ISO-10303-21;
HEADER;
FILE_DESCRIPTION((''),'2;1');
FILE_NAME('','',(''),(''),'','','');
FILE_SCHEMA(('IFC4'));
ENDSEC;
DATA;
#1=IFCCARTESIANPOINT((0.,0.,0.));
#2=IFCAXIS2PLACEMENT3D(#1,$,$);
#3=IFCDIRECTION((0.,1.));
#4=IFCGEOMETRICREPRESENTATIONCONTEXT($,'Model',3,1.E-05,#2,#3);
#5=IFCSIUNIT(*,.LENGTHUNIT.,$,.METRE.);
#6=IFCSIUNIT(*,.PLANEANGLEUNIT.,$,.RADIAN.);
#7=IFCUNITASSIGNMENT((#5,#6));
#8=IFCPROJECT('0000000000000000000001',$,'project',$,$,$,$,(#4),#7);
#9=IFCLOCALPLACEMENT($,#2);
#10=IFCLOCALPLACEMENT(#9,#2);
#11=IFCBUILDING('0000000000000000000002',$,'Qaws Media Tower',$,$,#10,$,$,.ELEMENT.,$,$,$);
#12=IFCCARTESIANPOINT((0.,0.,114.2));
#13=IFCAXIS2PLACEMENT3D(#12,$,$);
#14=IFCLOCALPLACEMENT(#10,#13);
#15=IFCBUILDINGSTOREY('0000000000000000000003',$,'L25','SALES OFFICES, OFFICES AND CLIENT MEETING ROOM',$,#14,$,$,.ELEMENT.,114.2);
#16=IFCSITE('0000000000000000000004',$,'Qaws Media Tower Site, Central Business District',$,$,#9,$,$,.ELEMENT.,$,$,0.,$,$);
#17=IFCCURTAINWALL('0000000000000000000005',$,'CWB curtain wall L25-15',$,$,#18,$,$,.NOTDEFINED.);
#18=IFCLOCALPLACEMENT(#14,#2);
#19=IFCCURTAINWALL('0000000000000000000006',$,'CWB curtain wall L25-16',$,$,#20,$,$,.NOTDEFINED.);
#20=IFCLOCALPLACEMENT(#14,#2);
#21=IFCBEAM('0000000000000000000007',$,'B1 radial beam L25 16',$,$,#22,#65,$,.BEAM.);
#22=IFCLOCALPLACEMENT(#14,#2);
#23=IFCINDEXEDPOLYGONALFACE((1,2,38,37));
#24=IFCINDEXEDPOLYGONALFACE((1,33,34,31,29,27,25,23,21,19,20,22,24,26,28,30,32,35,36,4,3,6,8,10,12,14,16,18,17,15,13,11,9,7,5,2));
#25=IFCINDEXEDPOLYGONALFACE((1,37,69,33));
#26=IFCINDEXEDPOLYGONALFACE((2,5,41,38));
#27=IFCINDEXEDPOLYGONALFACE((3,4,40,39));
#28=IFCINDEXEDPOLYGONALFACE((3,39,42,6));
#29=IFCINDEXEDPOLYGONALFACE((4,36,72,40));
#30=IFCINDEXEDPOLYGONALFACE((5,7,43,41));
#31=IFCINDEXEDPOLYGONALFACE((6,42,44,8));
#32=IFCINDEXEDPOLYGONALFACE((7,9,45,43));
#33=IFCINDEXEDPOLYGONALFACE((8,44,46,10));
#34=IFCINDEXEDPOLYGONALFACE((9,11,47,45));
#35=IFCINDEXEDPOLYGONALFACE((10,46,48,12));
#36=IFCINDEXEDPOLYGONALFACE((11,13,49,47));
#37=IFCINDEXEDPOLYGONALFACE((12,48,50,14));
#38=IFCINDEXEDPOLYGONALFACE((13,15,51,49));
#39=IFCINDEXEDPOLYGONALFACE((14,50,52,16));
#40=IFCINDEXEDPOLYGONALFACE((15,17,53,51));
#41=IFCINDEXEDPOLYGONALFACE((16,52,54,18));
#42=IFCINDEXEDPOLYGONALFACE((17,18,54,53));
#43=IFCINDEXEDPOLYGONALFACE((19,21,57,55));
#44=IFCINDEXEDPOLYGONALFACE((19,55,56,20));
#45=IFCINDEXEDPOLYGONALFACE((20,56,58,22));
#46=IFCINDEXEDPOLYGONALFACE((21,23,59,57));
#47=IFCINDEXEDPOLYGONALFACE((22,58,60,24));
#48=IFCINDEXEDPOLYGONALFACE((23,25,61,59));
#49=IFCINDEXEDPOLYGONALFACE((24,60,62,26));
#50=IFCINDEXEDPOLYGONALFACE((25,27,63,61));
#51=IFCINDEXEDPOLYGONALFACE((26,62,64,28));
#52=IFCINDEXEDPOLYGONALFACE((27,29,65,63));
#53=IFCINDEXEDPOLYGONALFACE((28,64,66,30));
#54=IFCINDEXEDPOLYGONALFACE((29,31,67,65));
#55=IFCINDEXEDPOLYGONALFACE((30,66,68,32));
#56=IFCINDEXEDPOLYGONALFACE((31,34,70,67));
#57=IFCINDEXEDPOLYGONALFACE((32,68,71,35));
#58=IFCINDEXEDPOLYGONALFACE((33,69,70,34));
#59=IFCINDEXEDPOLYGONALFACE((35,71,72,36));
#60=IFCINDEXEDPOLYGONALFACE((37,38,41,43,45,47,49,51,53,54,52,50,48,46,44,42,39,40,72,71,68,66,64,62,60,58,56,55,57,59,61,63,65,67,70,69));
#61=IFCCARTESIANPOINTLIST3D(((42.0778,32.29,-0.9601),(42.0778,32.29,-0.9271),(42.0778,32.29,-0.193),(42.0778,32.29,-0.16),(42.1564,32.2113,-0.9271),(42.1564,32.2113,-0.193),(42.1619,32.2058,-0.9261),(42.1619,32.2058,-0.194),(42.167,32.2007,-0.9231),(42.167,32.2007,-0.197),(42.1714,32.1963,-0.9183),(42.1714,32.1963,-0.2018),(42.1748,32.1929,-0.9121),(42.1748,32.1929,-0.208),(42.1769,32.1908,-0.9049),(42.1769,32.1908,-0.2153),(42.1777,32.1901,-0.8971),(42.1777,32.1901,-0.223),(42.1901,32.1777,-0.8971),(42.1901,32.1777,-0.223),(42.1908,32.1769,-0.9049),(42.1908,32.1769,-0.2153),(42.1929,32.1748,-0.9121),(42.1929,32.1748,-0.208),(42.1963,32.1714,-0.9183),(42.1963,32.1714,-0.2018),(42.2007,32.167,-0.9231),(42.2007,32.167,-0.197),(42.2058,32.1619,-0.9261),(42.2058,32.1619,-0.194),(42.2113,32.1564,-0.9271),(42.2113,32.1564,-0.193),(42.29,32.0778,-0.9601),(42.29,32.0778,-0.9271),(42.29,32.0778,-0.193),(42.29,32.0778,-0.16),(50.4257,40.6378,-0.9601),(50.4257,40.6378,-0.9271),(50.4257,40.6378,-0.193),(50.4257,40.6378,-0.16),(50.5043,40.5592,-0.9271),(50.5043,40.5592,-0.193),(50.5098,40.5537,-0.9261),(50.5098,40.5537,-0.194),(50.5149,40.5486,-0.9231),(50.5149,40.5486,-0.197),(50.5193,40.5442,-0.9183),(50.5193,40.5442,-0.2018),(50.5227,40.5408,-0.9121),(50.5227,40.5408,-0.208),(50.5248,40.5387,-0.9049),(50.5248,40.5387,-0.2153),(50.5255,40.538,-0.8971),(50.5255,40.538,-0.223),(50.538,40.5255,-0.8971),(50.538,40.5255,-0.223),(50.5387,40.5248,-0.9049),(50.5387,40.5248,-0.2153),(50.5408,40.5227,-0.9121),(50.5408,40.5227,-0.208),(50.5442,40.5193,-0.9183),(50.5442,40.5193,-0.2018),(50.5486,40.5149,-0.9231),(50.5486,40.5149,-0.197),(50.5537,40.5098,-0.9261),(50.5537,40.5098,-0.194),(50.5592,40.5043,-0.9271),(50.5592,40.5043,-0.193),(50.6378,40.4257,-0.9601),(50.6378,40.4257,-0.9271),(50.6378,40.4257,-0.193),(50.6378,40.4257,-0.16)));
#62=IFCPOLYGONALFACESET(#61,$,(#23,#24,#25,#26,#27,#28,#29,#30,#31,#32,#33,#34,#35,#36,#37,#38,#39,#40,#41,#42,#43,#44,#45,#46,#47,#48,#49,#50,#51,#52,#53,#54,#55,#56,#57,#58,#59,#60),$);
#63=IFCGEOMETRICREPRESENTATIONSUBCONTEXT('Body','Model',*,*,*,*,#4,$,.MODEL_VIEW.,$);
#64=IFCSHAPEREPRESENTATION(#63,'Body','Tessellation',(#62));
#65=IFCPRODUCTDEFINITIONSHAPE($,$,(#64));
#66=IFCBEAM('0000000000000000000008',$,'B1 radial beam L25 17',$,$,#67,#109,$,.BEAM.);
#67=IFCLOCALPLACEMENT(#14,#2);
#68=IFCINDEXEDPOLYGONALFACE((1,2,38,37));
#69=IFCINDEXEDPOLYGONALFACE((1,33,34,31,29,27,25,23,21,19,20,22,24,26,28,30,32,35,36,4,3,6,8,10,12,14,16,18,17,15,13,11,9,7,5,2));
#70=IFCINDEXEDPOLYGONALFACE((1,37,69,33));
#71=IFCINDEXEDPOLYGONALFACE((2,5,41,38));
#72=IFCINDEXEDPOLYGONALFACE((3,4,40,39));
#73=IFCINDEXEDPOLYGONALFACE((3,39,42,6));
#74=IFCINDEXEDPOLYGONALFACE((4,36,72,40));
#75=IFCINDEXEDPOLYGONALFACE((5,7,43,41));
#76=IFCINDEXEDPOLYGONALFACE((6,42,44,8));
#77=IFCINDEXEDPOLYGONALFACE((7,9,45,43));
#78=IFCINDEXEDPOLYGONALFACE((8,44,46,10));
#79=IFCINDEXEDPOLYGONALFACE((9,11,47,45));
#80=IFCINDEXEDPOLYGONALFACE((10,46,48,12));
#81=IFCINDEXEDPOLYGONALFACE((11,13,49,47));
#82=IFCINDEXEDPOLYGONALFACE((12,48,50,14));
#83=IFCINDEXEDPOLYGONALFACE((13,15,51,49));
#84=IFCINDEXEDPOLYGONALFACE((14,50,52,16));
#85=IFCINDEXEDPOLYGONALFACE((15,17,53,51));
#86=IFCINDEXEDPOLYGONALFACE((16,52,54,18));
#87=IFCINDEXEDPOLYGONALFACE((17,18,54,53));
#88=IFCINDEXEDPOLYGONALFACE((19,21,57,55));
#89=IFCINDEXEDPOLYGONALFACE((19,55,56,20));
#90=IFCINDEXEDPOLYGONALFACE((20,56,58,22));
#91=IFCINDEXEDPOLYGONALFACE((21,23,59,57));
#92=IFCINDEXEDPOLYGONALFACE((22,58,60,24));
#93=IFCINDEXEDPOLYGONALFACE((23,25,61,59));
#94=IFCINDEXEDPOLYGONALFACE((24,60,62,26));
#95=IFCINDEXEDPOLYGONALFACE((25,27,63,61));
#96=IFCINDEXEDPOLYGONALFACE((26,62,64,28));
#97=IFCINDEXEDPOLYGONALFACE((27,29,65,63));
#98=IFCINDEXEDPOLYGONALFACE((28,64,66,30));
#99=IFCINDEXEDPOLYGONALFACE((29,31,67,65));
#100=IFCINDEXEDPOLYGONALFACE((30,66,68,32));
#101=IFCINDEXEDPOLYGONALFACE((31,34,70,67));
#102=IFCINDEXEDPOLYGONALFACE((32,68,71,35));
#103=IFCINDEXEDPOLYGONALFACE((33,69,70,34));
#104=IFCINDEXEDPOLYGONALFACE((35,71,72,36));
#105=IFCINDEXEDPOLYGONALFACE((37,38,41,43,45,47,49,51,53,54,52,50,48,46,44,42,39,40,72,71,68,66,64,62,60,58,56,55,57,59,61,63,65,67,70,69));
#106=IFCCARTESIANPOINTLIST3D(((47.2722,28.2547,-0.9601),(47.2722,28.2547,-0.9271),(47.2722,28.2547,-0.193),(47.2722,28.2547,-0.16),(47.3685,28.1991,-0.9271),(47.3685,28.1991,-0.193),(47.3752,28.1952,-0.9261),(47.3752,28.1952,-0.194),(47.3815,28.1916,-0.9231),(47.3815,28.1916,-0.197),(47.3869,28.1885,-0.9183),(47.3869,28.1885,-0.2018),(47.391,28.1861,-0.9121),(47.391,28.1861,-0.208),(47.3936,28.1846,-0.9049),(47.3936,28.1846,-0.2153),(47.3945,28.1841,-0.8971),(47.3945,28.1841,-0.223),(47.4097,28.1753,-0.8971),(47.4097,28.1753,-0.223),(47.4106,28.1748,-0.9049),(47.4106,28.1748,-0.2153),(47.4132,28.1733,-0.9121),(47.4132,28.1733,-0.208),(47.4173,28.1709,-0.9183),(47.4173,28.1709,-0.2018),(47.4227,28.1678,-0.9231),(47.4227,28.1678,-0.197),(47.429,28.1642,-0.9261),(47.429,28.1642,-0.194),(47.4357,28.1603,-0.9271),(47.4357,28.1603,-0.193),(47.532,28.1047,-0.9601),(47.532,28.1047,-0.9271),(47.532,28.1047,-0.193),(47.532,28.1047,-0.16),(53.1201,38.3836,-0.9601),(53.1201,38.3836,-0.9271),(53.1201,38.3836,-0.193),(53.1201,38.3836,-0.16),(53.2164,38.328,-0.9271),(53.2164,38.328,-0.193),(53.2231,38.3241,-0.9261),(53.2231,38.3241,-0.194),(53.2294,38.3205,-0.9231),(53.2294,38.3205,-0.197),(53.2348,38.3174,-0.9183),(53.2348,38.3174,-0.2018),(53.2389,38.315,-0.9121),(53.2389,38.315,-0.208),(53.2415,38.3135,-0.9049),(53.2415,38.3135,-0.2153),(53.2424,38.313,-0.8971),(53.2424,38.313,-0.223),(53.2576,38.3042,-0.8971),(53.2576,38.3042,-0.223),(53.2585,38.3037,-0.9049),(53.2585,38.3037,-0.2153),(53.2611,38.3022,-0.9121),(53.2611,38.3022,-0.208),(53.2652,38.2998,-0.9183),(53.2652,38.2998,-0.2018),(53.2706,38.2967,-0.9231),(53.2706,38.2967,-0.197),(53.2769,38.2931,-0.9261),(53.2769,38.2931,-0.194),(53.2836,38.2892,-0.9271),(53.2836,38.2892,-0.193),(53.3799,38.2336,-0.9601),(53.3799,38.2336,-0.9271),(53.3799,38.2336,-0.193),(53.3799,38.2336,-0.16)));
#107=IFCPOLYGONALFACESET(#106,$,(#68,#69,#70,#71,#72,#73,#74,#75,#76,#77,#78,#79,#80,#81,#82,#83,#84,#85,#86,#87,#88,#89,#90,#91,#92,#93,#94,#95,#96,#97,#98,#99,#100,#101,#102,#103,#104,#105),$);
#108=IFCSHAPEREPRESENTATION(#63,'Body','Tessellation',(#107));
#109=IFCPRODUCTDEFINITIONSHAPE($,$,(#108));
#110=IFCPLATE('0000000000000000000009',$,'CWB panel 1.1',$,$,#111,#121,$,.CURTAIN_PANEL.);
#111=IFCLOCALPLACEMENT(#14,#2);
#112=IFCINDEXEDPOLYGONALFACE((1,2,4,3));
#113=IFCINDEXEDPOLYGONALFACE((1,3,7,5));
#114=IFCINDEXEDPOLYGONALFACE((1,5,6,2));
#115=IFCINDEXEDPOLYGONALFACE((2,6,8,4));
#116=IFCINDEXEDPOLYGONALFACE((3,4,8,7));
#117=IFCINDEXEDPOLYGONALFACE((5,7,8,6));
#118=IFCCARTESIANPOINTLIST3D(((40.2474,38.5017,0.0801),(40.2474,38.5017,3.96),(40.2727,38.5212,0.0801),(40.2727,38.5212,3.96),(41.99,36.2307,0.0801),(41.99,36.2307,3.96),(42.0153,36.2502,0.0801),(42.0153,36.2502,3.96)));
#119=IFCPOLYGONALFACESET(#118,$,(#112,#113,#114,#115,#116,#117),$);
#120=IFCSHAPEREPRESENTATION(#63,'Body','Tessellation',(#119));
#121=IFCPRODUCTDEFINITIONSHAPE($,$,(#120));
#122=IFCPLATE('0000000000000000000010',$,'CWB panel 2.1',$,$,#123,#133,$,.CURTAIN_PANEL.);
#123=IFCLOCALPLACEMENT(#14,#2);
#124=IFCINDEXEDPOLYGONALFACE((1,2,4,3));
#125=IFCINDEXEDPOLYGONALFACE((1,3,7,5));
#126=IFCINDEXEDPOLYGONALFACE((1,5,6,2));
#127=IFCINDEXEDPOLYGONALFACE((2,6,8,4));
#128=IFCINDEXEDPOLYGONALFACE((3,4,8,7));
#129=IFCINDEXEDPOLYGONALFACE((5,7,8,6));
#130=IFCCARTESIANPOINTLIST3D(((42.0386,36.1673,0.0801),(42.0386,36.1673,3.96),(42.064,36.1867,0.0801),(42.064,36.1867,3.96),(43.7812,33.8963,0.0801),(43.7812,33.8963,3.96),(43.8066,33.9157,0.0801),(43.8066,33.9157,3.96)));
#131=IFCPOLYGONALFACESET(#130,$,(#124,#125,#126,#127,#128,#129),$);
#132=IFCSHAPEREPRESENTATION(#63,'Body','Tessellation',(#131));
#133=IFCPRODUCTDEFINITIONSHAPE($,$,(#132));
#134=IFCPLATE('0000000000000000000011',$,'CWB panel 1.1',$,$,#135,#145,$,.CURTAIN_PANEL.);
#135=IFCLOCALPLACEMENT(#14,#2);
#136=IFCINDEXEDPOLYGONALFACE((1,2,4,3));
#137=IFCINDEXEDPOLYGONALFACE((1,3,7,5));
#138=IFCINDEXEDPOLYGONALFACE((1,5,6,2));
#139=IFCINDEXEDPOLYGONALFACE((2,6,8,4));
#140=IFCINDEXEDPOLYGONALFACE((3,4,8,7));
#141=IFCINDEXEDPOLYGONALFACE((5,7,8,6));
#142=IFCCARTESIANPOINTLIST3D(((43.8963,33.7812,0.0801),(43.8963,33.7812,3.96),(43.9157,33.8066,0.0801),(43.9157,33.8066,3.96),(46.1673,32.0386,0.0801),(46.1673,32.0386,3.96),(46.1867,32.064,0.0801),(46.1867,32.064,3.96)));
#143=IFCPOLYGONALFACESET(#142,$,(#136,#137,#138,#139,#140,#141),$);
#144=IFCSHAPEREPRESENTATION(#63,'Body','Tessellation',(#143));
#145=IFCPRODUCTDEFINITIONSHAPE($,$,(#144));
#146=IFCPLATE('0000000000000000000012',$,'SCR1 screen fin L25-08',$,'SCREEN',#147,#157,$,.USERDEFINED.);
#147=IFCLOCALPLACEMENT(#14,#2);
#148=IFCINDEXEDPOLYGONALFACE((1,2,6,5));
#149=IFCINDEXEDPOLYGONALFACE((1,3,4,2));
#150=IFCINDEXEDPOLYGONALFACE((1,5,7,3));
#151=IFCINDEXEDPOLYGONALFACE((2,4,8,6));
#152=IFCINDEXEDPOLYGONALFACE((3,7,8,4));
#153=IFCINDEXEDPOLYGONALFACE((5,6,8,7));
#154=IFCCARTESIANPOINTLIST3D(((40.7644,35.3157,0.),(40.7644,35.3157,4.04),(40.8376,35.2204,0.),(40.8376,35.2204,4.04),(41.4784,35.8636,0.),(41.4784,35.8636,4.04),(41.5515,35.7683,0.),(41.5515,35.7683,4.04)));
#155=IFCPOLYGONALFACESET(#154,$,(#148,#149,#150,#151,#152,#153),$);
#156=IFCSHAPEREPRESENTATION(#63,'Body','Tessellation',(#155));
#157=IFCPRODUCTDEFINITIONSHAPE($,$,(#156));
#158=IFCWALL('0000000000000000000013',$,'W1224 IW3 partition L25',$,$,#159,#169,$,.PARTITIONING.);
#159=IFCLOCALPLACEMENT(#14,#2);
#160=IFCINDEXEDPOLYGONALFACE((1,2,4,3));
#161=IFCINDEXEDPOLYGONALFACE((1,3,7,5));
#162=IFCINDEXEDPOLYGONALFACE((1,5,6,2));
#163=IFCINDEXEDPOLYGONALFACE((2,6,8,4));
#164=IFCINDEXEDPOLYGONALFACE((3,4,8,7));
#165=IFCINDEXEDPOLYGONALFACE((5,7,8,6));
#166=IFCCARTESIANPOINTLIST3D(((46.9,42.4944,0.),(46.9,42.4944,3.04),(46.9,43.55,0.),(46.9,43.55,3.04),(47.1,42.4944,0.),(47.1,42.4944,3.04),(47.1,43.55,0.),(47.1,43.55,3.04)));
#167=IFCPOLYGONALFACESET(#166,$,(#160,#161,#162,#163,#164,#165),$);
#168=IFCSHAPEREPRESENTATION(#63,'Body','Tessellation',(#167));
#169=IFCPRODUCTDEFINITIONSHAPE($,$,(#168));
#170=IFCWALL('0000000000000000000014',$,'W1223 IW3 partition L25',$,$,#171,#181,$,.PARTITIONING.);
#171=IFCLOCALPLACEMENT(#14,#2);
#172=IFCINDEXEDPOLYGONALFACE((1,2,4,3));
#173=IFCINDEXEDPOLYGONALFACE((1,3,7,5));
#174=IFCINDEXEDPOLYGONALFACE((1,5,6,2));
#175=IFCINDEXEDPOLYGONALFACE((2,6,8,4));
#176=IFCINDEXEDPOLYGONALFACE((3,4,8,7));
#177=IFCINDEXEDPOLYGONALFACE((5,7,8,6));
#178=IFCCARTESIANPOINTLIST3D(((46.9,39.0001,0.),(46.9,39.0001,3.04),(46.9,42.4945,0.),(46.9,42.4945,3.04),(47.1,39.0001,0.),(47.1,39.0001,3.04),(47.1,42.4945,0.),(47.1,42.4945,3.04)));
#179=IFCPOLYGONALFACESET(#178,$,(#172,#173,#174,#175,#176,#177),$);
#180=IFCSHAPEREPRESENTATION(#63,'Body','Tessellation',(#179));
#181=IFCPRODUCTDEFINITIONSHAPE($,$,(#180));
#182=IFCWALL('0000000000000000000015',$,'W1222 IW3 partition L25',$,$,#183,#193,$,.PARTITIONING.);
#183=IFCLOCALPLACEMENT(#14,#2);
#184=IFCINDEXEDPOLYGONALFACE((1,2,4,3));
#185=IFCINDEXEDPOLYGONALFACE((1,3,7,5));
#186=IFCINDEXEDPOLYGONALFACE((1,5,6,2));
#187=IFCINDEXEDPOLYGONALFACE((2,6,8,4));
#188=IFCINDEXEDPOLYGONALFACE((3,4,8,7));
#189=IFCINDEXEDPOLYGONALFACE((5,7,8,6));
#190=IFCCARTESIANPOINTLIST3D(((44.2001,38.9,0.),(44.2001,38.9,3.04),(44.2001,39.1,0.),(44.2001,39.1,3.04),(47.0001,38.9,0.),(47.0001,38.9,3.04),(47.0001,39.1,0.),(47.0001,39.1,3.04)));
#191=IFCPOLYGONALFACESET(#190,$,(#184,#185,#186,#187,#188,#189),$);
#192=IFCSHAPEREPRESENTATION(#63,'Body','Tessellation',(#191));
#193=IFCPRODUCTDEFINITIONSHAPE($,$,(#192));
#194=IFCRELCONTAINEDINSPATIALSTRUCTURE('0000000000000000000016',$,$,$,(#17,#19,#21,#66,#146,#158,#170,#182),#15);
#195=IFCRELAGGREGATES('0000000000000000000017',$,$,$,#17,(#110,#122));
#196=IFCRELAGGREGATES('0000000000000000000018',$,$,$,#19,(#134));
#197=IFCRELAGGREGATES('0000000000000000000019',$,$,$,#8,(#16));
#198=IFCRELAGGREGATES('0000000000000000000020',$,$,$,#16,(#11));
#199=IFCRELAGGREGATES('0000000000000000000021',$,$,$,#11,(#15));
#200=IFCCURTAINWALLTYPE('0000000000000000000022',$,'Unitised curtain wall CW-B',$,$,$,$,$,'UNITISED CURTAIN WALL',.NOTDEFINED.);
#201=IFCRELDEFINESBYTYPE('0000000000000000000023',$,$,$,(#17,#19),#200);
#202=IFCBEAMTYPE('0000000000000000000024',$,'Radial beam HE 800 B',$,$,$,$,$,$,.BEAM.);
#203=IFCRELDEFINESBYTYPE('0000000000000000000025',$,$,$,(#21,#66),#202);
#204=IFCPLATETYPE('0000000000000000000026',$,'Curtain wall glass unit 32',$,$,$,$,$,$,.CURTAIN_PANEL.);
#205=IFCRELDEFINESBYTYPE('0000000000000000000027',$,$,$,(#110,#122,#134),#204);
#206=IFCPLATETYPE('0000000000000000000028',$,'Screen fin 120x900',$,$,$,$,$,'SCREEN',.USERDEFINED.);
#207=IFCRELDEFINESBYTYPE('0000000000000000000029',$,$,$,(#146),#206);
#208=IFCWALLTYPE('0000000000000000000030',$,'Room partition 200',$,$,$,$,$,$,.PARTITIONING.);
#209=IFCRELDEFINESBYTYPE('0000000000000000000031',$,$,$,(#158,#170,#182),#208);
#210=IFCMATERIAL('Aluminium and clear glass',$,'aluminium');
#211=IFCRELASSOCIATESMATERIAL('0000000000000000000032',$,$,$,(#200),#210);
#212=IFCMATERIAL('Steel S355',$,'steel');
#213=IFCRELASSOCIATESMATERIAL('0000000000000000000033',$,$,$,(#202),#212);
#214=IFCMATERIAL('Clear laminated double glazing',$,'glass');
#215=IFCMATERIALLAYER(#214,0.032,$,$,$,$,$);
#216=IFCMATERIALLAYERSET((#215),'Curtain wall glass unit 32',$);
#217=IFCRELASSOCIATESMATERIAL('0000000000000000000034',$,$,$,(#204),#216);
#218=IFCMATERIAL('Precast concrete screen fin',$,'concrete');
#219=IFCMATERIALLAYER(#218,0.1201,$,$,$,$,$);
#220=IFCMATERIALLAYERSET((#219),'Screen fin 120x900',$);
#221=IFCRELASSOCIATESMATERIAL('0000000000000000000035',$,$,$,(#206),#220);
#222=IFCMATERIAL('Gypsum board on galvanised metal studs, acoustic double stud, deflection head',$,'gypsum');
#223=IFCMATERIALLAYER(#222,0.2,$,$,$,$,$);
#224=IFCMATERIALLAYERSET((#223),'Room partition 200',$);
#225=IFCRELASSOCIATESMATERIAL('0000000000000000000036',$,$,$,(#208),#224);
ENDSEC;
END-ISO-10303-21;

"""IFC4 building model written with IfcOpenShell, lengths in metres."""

from ifc_helpers import new_model, si_unit, direction, frame, frame_2d, origin, origin_2d, place, context, subcontext, project, spatial, rectangle, i_section, extrude, material, layer, layer_set, material_profile, profile_set, type_object, element, aggregate, save


model = new_model("IFC4")

# Units and contexts
model_context = context("Model", 3, precision=1e-05, world=origin(), true_north=direction((0.0, 1.0)))
body_context = subcontext(model_context, "Body", "Model", "MODEL_VIEW")
ifc_project = project(units=[si_unit("LENGTHUNIT", "METRE"), si_unit("PLANEANGLEUNIT", "RADIAN")], contexts=[model_context])

# Site, building, storey
site_placement = place(None, origin())
site = spatial("IfcSite", under=ifc_project, at=site_placement, Name="Qaws Media Tower Site, Central Business District", CompositionType="ELEMENT", RefElevation=0.0)
building_placement = place(site_placement, origin())
building = spatial("IfcBuilding", under=site, at=building_placement, Name="Qaws Media Tower", CompositionType="ELEMENT")
storey_placement = place(building_placement, frame((0.0, 0.0, 114.2)))
storey = spatial("IfcBuildingStorey", under=building, at=storey_placement, Name="L25", Description="SALES OFFICES, OFFICES AND CLIENT MEETING ROOM", CompositionType="ELEMENT", Elevation=114.2)

# Curtain wall
ifc_material_1 = material(Name="Aluminium and clear glass", Category="aluminium")
curtain_wall_type = type_object("IfcCurtainWallType", Name="Unitised curtain wall CW-B", ElementType="UNITISED CURTAIN WALL", PredefinedType="NOTDEFINED", material=ifc_material_1)
curtain_wall_1_placement = place(storey_placement, origin())
curtain_wall_1 = element("IfcCurtainWall", 1, at=curtain_wall_1_placement, inside=storey, type_object=curtain_wall_type, Name="CWB curtain wall L25-15", PredefinedType="NOTDEFINED")

# Curtain wall
curtain_wall_2_placement = place(storey_placement, origin())
curtain_wall_2 = element("IfcCurtainWall", 2, at=curtain_wall_2_placement, inside=storey, type_object=curtain_wall_type, Name="CWB curtain wall L25-16", PredefinedType="NOTDEFINED")

# Beams
ifc_material_2 = material(Name="Steel S355", Category="steel")
ifc_material_profile_1 = material_profile(ifc_material_2, i_section(OverallWidth=0.3, OverallDepth=0.8, WebThickness=0.0176, FlangeThickness=0.033, FilletRadius=0.03, at=origin_2d()), Name="HE 800 B")
ifc_profile_set_1 = profile_set([ifc_material_profile_1], Name="Steel S355")
beam_type_1 = type_object("IfcBeamType", Name="Radial beam HE 800 B", PredefinedType="BEAM", material=ifc_profile_set_1)
beam_1_placement = place(storey_placement, frame((50.5317, 40.5317, -0.5601), z_axis=(-0.707107, -0.707107, 0.0), x_axis=(0.707107, -0.707107, 0.0)))
element("IfcBeam", 3, at=beam_1_placement, inside=storey, type_object=beam_type_1, Name="B1 radial beam L25 16", PredefinedType="BEAM", context=body_context, shape_type="SweptSolid", body=[
    extrude(i_section(OverallWidth=0.3, OverallDepth=0.8, WebThickness=0.0176, FlangeThickness=0.033, FilletRadius=0.03, at=origin_2d()), origin(), (0.0, 0.0, 1.0), 11.8057),
])
beam_2_placement = place(storey_placement, frame((53.25, 38.3086, -0.5601), z_axis=(-0.499998, -0.866026, 0.0), x_axis=(0.866026, -0.499998, 0.0)))
element("IfcBeam", 4, at=beam_2_placement, inside=storey, type_object=beam_type_1, Name="B1 radial beam L25 17", PredefinedType="BEAM", context=body_context, shape_type="SweptSolid", body=[
    extrude(i_section(OverallWidth=0.3, OverallDepth=0.8, WebThickness=0.0176, FlangeThickness=0.033, FilletRadius=0.03, at=origin_2d()), origin(), (0.0, 0.0, 1.0), 11.6958),
])

# Plates
ifc_material_3 = material(Name="Clear laminated double glazing", Category="glass")
ifc_layer_1 = layer(ifc_material_3, 0.032)
ifc_layer_set_1 = layer_set([ifc_layer_1], Name="Curtain wall glass unit 32")
plate_type_1 = type_object("IfcPlateType", Name="Curtain wall glass unit 32", PredefinedType="CURTAIN_PANEL", material=ifc_layer_set_1)
plate_1_placement = place(storey_placement, frame((41.1313, 37.376, 0.0801), z_axis=(0.0, 0.0, 1.0), x_axis=(0.608761, -0.793353, 0.0)))
plate_1 = element("IfcPlate", 5, at=plate_1_placement, type_object=plate_type_1, Name="CWB panel 1.1", PredefinedType="CURTAIN_PANEL", context=body_context, shape_type="SweptSolid", body=[
    extrude(rectangle(XDim=2.8625, YDim=0.032, at=origin_2d()), origin(), (0.0, 0.0, 1.0), 3.8799),
])
plate_2_placement = place(storey_placement, frame((42.9226, 35.0415, 0.0801), z_axis=(0.0, 0.0, 1.0), x_axis=(0.608761, -0.793353, 0.0)))
plate_2 = element("IfcPlate", 6, at=plate_2_placement, type_object=plate_type_1, Name="CWB panel 2.1", PredefinedType="CURTAIN_PANEL", context=body_context, shape_type="SweptSolid", body=[
    extrude(rectangle(XDim=2.8625, YDim=0.032, at=origin_2d()), origin(), (0.0, 0.0, 1.0), 3.8799),
])
aggregate(curtain_wall_1, [plate_1, plate_2])
plate_3_placement = place(storey_placement, frame((45.0415, 32.9226, 0.0801), z_axis=(0.0, 0.0, 1.0), x_axis=(0.793353, -0.608761, 0.0)))
plate_3 = element("IfcPlate", 7, at=plate_3_placement, type_object=plate_type_1, Name="CWB panel 1.1", PredefinedType="CURTAIN_PANEL", context=body_context, shape_type="SweptSolid", body=[
    extrude(rectangle(XDim=2.8625, YDim=0.032, at=origin_2d()), origin(), (0.0, 0.0, 1.0), 3.8799),
])
aggregate(curtain_wall_2, [plate_3])
ifc_material_4 = material(Name="Precast concrete screen fin", Category="concrete")
ifc_layer_2 = layer(ifc_material_4, 0.1201)
ifc_layer_set_2 = layer_set([ifc_layer_2], Name="Screen fin 120x900")
plate_type_2 = type_object("IfcPlateType", Name="Screen fin 120x900", ElementType="SCREEN", PredefinedType="USERDEFINED", material=ifc_layer_set_2)
plate_4_placement = place(storey_placement, frame((41.158, 35.542, 0.0), z_axis=(0.0, 0.0, 1.0), x_axis=(-0.793353, -0.608761, 0.0)))
element("IfcPlate", 8, at=plate_4_placement, inside=storey, type_object=plate_type_2, Name="SCR1 screen fin L25-08", ObjectType="SCREEN", PredefinedType="USERDEFINED", context=body_context, shape_type="SweptSolid", body=[
    extrude(rectangle(XDim=0.8999, YDim=0.1201, at=origin_2d()), origin(), (0.0, 0.0, 1.0), 4.04),
])

# Walls
ifc_material_5 = material(Name="Gypsum board on galvanised metal studs, acoustic double stud, deflection head", Category="gypsum")
ifc_layer_3 = layer(ifc_material_5, 0.2)
ifc_layer_set_3 = layer_set([ifc_layer_3], Name="Room partition 200")
wall_type = type_object("IfcWallType", Name="Room partition 200", PredefinedType="PARTITIONING", material=ifc_layer_set_3)
wall_1_placement = place(storey_placement, frame((47.0, 43.55, 0.0), z_axis=(0.0, 0.0, 1.0), x_axis=(0.0, -1.0, 0.0)))
element("IfcWall", 9, at=wall_1_placement, inside=storey, type_object=wall_type, Name="W1224 IW3 partition L25", PredefinedType="PARTITIONING", context=body_context, shape_type="SweptSolid", body=[
    extrude(rectangle(XDim=1.0557, YDim=0.2, at=frame_2d((0.5278, 0.0))), origin(), (0.0, 0.0, 1.0), 3.04),
])
wall_2_placement = place(storey_placement, frame((47.0, 42.4944, 0.0), z_axis=(0.0, 0.0, 1.0), x_axis=(0.0, -1.0, 0.0)))
element("IfcWall", 10, at=wall_2_placement, inside=storey, type_object=wall_type, Name="W1223 IW3 partition L25", PredefinedType="PARTITIONING", context=body_context, shape_type="SweptSolid", body=[
    extrude(rectangle(XDim=3.4944, YDim=0.2, at=frame_2d((1.7471, 0.0))), origin(), (0.0, 0.0, 1.0), 3.04),
])
wall_3_placement = place(storey_placement, frame((47.0, 39.0, 0.0), z_axis=(0.0, 0.0, 1.0), x_axis=(-1.0, 0.0, 0.0)))
element("IfcWall", 11, at=wall_3_placement, inside=storey, type_object=wall_type, Name="W1222 IW3 partition L25", PredefinedType="PARTITIONING", context=body_context, shape_type="SweptSolid", body=[
    extrude(rectangle(XDim=2.8, YDim=0.2, at=frame_2d((1.3999, 0.0))), origin(), (0.0, 0.0, 1.0), 3.04),
])

save(model, "model.ifc")
